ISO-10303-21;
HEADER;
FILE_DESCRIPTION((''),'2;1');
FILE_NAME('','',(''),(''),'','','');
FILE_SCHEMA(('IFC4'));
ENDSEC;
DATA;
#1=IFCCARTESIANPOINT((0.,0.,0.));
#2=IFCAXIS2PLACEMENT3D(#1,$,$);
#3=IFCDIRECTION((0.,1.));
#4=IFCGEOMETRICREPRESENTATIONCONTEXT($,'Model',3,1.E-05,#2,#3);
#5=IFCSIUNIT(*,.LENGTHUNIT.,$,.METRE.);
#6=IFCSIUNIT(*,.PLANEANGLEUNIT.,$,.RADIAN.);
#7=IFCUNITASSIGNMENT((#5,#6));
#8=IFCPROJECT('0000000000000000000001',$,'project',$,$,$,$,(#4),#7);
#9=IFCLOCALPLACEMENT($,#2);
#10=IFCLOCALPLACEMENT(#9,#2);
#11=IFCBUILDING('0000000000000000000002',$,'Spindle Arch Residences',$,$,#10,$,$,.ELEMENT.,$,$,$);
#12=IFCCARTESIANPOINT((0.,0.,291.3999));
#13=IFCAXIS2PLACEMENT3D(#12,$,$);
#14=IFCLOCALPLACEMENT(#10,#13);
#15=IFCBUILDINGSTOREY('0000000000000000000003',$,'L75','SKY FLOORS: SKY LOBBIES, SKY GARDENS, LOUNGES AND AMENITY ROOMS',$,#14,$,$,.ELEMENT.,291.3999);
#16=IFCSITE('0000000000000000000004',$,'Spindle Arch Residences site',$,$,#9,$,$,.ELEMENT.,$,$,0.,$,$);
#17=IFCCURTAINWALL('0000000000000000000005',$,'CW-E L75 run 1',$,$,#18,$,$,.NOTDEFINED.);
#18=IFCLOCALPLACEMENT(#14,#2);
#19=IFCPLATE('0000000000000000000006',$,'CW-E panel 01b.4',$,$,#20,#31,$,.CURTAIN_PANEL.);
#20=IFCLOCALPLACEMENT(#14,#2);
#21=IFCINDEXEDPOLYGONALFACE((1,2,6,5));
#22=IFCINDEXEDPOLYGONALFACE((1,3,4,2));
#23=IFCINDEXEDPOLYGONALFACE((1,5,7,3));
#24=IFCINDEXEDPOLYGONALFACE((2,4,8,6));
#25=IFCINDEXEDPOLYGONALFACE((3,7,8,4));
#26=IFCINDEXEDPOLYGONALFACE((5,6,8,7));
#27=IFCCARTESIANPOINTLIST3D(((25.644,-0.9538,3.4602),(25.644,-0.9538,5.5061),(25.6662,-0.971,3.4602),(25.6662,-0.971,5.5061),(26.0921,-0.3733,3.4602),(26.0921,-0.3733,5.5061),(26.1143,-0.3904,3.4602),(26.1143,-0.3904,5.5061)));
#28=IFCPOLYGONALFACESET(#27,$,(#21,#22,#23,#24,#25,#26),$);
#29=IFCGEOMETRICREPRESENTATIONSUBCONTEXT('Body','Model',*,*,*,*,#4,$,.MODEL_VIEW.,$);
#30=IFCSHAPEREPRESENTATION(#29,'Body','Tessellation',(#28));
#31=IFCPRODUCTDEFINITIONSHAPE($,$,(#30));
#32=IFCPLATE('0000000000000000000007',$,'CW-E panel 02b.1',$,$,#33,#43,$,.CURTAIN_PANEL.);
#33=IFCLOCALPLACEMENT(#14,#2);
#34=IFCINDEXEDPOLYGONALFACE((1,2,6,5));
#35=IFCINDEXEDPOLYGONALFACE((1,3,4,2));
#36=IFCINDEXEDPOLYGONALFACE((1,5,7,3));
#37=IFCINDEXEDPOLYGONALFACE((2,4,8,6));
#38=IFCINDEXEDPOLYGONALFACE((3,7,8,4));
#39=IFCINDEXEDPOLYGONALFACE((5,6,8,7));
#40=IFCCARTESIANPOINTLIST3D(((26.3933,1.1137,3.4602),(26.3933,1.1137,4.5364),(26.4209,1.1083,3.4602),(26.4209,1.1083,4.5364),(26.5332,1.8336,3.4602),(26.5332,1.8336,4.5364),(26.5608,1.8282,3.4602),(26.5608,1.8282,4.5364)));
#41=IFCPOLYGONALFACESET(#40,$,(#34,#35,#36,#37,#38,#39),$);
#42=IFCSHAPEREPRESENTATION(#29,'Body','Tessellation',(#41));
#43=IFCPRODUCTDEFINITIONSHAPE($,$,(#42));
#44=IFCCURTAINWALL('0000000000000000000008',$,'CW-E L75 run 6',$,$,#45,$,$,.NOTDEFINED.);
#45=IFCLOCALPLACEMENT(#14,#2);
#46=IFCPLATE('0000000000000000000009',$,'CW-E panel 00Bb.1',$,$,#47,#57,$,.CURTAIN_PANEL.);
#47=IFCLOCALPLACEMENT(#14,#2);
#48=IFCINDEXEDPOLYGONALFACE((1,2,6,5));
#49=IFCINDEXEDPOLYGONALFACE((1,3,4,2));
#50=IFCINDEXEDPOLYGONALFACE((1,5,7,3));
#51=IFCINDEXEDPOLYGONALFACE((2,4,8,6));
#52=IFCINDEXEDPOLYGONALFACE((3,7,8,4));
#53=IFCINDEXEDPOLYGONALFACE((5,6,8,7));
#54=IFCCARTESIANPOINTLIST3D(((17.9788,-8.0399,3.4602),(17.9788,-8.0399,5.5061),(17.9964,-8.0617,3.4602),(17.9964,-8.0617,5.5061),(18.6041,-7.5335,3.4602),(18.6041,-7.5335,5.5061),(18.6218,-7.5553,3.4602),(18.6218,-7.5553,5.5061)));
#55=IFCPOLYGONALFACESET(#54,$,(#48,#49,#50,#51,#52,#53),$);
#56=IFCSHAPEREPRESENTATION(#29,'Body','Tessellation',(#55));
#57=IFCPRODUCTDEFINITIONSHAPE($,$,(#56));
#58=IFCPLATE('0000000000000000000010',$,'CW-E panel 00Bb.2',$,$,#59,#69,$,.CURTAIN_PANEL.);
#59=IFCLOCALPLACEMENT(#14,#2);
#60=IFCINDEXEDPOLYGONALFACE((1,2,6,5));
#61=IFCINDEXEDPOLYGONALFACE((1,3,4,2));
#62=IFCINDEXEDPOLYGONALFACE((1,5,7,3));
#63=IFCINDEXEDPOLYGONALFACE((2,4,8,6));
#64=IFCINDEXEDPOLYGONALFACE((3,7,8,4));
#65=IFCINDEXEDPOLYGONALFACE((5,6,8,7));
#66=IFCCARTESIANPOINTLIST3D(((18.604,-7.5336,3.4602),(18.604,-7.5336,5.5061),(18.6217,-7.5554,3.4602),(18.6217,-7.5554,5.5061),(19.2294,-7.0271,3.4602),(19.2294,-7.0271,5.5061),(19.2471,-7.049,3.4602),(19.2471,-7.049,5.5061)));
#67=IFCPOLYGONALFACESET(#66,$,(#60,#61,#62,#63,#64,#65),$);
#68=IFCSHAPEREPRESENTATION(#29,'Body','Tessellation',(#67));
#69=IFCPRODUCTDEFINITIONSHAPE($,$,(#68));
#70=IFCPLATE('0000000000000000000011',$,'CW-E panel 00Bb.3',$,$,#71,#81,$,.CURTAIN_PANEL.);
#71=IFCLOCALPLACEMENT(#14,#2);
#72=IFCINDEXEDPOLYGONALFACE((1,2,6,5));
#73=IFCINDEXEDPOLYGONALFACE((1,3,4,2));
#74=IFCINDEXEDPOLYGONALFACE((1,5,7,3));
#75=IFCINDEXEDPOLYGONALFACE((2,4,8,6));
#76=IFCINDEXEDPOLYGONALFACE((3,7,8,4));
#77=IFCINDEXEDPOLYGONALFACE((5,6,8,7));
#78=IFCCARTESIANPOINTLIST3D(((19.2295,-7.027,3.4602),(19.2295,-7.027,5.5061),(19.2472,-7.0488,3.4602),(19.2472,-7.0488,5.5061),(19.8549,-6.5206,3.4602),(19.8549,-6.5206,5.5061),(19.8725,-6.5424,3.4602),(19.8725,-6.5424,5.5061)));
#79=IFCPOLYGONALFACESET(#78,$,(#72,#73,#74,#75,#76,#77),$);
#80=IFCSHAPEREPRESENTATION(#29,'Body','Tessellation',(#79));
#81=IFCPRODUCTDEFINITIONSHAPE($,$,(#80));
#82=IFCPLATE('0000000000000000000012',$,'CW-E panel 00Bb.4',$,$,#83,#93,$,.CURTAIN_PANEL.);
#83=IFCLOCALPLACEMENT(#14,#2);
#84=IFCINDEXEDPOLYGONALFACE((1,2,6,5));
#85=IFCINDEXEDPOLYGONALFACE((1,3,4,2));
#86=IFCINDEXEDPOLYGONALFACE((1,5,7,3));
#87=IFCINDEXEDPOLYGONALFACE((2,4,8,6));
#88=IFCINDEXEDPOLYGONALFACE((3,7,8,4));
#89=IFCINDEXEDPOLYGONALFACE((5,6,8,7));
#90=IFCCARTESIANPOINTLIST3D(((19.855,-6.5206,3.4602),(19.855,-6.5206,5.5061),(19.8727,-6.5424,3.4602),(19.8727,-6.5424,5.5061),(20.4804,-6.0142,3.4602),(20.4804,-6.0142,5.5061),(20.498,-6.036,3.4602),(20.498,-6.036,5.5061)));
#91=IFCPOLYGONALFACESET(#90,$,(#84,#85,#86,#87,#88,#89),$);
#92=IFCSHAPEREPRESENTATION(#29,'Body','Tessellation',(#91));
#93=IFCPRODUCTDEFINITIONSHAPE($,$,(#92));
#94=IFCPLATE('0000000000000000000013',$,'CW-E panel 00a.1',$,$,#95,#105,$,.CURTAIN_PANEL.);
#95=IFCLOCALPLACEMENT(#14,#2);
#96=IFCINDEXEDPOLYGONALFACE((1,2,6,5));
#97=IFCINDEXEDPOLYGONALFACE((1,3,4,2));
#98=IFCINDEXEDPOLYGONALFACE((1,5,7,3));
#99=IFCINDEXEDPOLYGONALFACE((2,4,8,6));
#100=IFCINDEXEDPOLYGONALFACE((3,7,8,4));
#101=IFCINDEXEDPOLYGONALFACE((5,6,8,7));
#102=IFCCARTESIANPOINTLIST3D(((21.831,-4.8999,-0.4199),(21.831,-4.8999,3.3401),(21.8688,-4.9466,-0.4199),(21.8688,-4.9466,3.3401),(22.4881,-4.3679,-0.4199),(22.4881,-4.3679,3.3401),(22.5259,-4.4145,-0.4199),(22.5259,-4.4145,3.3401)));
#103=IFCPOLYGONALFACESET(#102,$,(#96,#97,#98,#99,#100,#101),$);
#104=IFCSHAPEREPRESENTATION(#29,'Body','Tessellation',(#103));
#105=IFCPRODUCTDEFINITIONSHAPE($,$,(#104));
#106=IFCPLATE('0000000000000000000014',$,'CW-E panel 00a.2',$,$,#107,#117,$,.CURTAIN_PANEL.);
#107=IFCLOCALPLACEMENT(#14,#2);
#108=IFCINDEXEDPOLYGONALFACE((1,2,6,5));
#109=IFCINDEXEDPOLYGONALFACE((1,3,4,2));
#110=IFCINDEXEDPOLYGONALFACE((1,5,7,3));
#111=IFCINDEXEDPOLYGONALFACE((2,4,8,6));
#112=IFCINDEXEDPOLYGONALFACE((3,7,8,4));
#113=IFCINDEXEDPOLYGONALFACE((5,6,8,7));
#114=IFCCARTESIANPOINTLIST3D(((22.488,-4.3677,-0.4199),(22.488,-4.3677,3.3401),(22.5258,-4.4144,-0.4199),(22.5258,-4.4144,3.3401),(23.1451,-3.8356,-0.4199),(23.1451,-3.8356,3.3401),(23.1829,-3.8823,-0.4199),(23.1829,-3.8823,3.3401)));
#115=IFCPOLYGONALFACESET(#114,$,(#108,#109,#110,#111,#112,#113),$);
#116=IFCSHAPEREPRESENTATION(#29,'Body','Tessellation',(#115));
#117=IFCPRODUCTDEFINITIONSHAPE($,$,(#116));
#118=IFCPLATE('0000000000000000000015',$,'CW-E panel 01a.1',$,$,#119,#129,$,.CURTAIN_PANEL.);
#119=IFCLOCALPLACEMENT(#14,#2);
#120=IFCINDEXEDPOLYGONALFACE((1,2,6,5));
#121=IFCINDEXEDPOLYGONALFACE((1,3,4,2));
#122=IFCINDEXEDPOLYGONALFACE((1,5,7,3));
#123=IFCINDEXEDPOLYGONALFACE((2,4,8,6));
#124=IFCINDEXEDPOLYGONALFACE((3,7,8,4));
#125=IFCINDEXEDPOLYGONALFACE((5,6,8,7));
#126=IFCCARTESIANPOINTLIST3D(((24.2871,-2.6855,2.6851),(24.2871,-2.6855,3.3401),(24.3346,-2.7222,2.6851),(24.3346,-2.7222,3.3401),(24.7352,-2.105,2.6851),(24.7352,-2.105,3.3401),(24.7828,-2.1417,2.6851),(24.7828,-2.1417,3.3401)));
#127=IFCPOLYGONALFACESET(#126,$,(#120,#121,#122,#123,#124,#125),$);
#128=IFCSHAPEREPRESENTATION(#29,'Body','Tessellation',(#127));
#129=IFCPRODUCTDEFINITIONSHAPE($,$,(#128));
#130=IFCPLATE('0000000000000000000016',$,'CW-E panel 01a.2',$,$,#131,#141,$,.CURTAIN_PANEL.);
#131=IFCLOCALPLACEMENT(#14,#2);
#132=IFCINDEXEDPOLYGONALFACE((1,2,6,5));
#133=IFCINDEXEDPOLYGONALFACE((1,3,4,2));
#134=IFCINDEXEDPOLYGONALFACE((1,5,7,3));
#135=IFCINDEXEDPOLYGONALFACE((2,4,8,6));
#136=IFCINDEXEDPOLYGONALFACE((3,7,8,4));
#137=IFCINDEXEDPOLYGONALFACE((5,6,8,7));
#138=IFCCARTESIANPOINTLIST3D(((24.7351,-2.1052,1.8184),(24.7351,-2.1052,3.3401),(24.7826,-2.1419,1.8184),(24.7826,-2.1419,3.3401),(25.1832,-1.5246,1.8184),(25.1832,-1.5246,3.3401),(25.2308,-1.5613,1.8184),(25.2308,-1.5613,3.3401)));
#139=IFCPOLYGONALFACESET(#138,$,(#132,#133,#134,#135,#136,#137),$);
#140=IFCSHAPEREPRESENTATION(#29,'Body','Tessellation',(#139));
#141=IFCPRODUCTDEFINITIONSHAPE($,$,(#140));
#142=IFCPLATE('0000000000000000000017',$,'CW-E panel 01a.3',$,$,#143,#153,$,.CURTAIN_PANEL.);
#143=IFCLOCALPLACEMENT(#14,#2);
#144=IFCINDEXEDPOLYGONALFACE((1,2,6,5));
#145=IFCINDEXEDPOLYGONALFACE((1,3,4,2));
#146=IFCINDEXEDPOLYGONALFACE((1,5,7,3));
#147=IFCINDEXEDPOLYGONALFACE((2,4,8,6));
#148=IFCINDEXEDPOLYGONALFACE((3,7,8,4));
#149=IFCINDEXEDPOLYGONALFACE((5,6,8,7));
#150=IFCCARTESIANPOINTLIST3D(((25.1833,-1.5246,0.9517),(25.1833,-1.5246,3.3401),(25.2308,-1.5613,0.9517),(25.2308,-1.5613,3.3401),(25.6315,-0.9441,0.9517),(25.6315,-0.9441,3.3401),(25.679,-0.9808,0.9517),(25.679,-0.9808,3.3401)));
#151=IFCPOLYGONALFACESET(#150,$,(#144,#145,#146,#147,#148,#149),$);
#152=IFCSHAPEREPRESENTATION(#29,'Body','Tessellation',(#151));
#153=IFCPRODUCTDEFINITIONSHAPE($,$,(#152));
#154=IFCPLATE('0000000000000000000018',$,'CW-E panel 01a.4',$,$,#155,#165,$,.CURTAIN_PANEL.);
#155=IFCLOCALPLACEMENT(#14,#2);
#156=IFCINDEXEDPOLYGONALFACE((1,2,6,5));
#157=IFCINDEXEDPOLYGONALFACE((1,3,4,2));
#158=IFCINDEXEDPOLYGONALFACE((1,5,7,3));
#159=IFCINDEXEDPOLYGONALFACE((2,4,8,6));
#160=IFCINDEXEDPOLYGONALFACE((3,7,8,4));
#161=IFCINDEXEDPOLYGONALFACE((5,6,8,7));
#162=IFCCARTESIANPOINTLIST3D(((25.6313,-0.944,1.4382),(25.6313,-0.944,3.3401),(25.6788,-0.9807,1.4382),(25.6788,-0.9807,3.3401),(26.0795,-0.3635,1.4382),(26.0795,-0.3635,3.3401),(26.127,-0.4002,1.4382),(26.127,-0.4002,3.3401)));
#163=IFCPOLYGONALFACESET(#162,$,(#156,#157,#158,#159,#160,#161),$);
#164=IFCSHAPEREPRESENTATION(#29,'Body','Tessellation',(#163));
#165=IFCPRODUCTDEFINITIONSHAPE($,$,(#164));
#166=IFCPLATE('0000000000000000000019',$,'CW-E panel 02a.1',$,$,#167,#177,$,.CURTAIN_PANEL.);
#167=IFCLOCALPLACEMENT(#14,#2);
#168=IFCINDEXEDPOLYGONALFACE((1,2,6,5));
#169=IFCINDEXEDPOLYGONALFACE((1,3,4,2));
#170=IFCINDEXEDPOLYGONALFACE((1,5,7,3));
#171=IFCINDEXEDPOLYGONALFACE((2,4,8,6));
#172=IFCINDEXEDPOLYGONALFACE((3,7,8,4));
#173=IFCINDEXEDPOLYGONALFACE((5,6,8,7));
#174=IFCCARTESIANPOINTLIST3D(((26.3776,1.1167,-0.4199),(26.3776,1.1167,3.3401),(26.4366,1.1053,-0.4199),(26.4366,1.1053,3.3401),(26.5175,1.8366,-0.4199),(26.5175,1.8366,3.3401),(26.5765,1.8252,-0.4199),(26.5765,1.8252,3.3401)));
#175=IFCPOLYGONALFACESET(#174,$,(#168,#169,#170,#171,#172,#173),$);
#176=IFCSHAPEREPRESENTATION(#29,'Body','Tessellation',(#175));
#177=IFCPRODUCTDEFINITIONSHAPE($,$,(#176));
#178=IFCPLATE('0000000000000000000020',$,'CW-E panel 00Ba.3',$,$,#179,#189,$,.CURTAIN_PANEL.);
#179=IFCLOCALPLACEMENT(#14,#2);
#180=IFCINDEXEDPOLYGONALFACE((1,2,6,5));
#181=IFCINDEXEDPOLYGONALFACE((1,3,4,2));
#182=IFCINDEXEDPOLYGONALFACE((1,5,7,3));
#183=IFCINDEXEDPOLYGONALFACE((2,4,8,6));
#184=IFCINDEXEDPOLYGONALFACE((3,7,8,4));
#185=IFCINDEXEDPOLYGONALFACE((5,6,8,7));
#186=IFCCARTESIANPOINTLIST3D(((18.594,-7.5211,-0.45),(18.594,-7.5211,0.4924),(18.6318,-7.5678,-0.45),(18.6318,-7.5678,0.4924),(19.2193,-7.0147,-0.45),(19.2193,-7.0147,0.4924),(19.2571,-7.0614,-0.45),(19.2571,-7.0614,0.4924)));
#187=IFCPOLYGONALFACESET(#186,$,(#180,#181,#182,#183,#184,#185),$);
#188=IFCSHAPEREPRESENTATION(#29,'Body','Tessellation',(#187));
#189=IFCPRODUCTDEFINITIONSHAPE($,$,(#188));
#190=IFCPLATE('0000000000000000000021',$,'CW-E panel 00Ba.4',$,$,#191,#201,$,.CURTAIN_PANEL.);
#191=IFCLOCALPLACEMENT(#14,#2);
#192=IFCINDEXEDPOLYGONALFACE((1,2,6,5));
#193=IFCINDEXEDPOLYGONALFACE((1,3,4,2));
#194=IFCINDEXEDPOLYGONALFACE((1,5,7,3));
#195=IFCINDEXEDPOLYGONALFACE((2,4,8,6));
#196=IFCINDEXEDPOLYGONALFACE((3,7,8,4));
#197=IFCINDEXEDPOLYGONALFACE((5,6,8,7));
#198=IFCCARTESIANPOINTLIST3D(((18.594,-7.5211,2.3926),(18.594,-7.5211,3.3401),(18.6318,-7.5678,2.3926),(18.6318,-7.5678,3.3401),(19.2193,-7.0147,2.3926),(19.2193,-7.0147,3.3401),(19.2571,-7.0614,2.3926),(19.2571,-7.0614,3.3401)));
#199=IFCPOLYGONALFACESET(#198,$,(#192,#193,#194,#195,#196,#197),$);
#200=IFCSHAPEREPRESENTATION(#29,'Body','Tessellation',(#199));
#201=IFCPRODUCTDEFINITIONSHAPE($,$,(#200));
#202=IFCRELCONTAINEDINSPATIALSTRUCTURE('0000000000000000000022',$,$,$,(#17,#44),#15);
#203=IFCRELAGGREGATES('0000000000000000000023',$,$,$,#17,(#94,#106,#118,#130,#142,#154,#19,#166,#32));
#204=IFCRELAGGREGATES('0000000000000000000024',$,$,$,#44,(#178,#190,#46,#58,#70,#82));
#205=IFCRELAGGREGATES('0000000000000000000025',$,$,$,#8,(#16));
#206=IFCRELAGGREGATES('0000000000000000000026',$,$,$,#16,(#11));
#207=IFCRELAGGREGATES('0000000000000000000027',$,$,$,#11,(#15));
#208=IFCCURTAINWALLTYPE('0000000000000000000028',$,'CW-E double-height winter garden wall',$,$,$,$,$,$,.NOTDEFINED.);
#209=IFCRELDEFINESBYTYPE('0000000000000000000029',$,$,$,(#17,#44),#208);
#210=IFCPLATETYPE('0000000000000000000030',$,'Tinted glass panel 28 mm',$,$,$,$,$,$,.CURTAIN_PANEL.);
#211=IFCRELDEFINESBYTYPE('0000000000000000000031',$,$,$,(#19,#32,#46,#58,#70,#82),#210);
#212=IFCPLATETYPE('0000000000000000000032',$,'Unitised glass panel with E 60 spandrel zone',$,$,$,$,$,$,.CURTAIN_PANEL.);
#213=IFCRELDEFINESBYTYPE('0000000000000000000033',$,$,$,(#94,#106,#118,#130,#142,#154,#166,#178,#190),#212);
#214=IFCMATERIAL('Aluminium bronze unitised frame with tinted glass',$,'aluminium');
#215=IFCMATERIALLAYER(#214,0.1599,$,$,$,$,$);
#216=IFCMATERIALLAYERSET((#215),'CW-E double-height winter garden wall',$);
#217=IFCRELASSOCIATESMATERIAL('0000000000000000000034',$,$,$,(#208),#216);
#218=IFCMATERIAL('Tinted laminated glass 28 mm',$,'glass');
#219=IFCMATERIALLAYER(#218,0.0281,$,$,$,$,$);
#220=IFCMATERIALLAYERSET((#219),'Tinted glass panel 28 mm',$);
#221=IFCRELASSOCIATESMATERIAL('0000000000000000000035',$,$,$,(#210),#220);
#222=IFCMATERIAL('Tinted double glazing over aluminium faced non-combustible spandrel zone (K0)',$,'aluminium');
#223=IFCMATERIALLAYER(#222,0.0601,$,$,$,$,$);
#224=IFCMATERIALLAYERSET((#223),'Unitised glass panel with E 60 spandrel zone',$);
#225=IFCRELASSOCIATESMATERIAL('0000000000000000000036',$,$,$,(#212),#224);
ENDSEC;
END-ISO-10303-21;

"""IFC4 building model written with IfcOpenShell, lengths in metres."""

from ifc_helpers import new_model, si_unit, direction, frame, origin, origin_2d, place, context, subcontext, project, spatial, rectangle, extrude, material, layer, layer_set, type_object, element, aggregate, save


model = new_model("IFC4")

# Units and contexts
model_context = context("Model", 3, precision=1e-05, world=origin(), true_north=direction((0.0, 1.0)))
body_context = subcontext(model_context, "Body", "Model", "MODEL_VIEW")
ifc_project = project(units=[si_unit("LENGTHUNIT", "METRE"), si_unit("PLANEANGLEUNIT", "RADIAN")], contexts=[model_context])

# Site, building, storey
site_placement = place(None, origin())
site = spatial("IfcSite", under=ifc_project, at=site_placement, Name="Spindle Arch Residences site", CompositionType="ELEMENT", RefElevation=0.0)
building_placement = place(site_placement, origin())
building = spatial("IfcBuilding", under=site, at=building_placement, Name="Spindle Arch Residences", CompositionType="ELEMENT")
storey_placement = place(building_placement, frame((0.0, 0.0, 291.3999)))
storey = spatial("IfcBuildingStorey", under=building, at=storey_placement, Name="L75", Description="SKY FLOORS: SKY LOBBIES, SKY GARDENS, LOUNGES AND AMENITY ROOMS", CompositionType="ELEMENT", Elevation=291.3999)

# Curtain wall, plates
ifc_material_1 = material(Name="Aluminium bronze unitised frame with tinted glass", Category="aluminium")
ifc_layer_1 = layer(ifc_material_1, 0.1599)
ifc_layer_set_1 = layer_set([ifc_layer_1], Name="CW-E double-height winter garden wall")
curtain_wall_type = type_object("IfcCurtainWallType", Name="CW-E double-height winter garden wall", PredefinedType="NOTDEFINED", material=ifc_layer_set_1)
curtain_wall_1_placement = place(storey_placement, origin())
curtain_wall_1 = element("IfcCurtainWall", 1, at=curtain_wall_1_placement, inside=storey, type_object=curtain_wall_type, Name="CW-E L75 run 1", PredefinedType="NOTDEFINED")
ifc_material_2 = material(Name="Tinted laminated glass 28 mm", Category="glass")
ifc_layer_2 = layer(ifc_material_2, 0.0281)
ifc_layer_set_2 = layer_set([ifc_layer_2], Name="Tinted glass panel 28 mm")
plate_type_1 = type_object("IfcPlateType", Name="Tinted glass panel 28 mm", PredefinedType="CURTAIN_PANEL", material=ifc_layer_set_2)
plate_1_placement = place(storey_placement, frame((25.8792, -0.6721, 3.4602), z_axis=(0.0, 0.0, 1.0), x_axis=(0.611067, 0.791579, 0.0)))
plate_1 = element("IfcPlate", 2, at=plate_1_placement, type_object=plate_type_1, Name="CW-E panel 01b.4", PredefinedType="CURTAIN_PANEL", context=body_context, shape_type="SweptSolid", body=[
    extrude(rectangle(XDim=0.7334, YDim=0.0281, at=origin_2d()), origin(), (0.0, 0.0, 1.0), 2.0459),
])
plate_2_placement = place(storey_placement, frame((26.4771, 1.4709, 3.4602), z_axis=(0.0, 0.0, 1.0), x_axis=(0.190809, 0.981627, 0.0)))
plate_2 = element("IfcPlate", 3, at=plate_2_placement, type_object=plate_type_1, Name="CW-E panel 02b.1", PredefinedType="CURTAIN_PANEL", context=body_context, shape_type="SweptSolid", body=[
    extrude(rectangle(XDim=0.7334, YDim=0.0281, at=origin_2d()), origin(), (0.0, 0.0, 1.0), 1.0762),
])

# Curtain wall, plates
curtain_wall_2_placement = place(storey_placement, origin())
curtain_wall_2 = element("IfcCurtainWall", 4, at=curtain_wall_2_placement, inside=storey, type_object=curtain_wall_type, Name="CW-E L75 run 6", PredefinedType="NOTDEFINED")
plate_3_placement = place(storey_placement, frame((18.3003, -7.7976, 3.4602), z_axis=(0.0, 0.0, 1.0), x_axis=(0.777146, 0.62932, 0.0)))
plate_3 = element("IfcPlate", 5, at=plate_3_placement, type_object=plate_type_1, Name="CW-E panel 00Bb.1", PredefinedType="CURTAIN_PANEL", context=body_context, shape_type="SweptSolid", body=[
    extrude(rectangle(XDim=0.8047, YDim=0.0281, at=origin_2d()), origin(), (0.0, 0.0, 1.0), 2.0459),
])
plate_4_placement = place(storey_placement, frame((18.9255, -7.2913, 3.4602), z_axis=(0.0, 0.0, 1.0), x_axis=(0.777146, 0.62932, 0.0)))
plate_4 = element("IfcPlate", 6, at=plate_4_placement, type_object=plate_type_1, Name="CW-E panel 00Bb.2", PredefinedType="CURTAIN_PANEL", context=body_context, shape_type="SweptSolid", body=[
    extrude(rectangle(XDim=0.8047, YDim=0.0281, at=origin_2d()), origin(), (0.0, 0.0, 1.0), 2.0459),
])
plate_5_placement = place(storey_placement, frame((19.551, -6.7847, 3.4602), z_axis=(0.0, 0.0, 1.0), x_axis=(0.777146, 0.62932, 0.0)))
plate_5 = element("IfcPlate", 7, at=plate_5_placement, type_object=plate_type_1, Name="CW-E panel 00Bb.3", PredefinedType="CURTAIN_PANEL", context=body_context, shape_type="SweptSolid", body=[
    extrude(rectangle(XDim=0.8047, YDim=0.0281, at=origin_2d()), origin(), (0.0, 0.0, 1.0), 2.0459),
])
plate_6_placement = place(storey_placement, frame((20.1765, -6.2783, 3.4602), z_axis=(0.0, 0.0, 1.0), x_axis=(0.777146, 0.62932, 0.0)))
plate_6 = element("IfcPlate", 8, at=plate_6_placement, type_object=plate_type_1, Name="CW-E panel 00Bb.4", PredefinedType="CURTAIN_PANEL", context=body_context, shape_type="SweptSolid", body=[
    extrude(rectangle(XDim=0.8047, YDim=0.0281, at=origin_2d()), origin(), (0.0, 0.0, 1.0), 2.0459),
])

# Plates
ifc_material_3 = material(Name="Tinted double glazing over aluminium faced non-combustible spandrel zone (K0)", Category="aluminium")
ifc_layer_3 = layer(ifc_material_3, 0.0601)
ifc_layer_set_3 = layer_set([ifc_layer_3], Name="Unitised glass panel with E 60 spandrel zone")
plate_type_2 = type_object("IfcPlateType", Name="Unitised glass panel with E 60 spandrel zone", PredefinedType="CURTAIN_PANEL", material=ifc_layer_set_3)
plate_7_placement = place(storey_placement, frame((22.1785, -4.6572, -0.4199), z_axis=(0.0, 0.0, 1.0), x_axis=(0.777146, 0.62932, 0.0)))
plate_7 = element("IfcPlate", 9, at=plate_7_placement, type_object=plate_type_2, Name="CW-E panel 00a.1", PredefinedType="CURTAIN_PANEL", context=body_context, shape_type="SweptSolid", body=[
    extrude(rectangle(XDim=0.8455, YDim=0.0601, at=origin_2d()), origin(), (0.0, 0.0, 1.0), 3.76),
])
plate_8_placement = place(storey_placement, frame((22.8354, -4.125, -0.4199), z_axis=(0.0, 0.0, 1.0), x_axis=(0.777146, 0.62932, 0.0)))
plate_8 = element("IfcPlate", 10, at=plate_8_placement, type_object=plate_type_2, Name="CW-E panel 00a.2", PredefinedType="CURTAIN_PANEL", context=body_context, shape_type="SweptSolid", body=[
    extrude(rectangle(XDim=0.8455, YDim=0.0601, at=origin_2d()), origin(), (0.0, 0.0, 1.0), 3.76),
])
plate_9_placement = place(storey_placement, frame((24.5349, -2.4136, 2.6851), z_axis=(0.0, 0.0, 1.0), x_axis=(0.611067, 0.791579, 0.0)))
plate_9 = element("IfcPlate", 11, at=plate_9_placement, type_object=plate_type_2, Name="CW-E panel 01a.1", PredefinedType="CURTAIN_PANEL", context=body_context, shape_type="SweptSolid", body=[
    extrude(rectangle(XDim=0.7334, YDim=0.0601, at=origin_2d()), origin(), (0.0, 0.0, 1.0), 0.655),
])
plate_10_placement = place(storey_placement, frame((24.9829, -1.8333, 1.8184), z_axis=(0.0, 0.0, 1.0), x_axis=(0.611067, 0.791579, 0.0)))
plate_10 = element("IfcPlate", 12, at=plate_10_placement, type_object=plate_type_2, Name="CW-E panel 01a.2", PredefinedType="CURTAIN_PANEL", context=body_context, shape_type="SweptSolid", body=[
    extrude(rectangle(XDim=0.7334, YDim=0.0601, at=origin_2d()), origin(), (0.0, 0.0, 1.0), 1.5217),
])
plate_11_placement = place(storey_placement, frame((25.4312, -1.2527, 0.9517), z_axis=(0.0, 0.0, 1.0), x_axis=(0.611067, 0.791579, 0.0)))
plate_11 = element("IfcPlate", 13, at=plate_11_placement, type_object=plate_type_2, Name="CW-E panel 01a.3", PredefinedType="CURTAIN_PANEL", context=body_context, shape_type="SweptSolid", body=[
    extrude(rectangle(XDim=0.7334, YDim=0.0601, at=origin_2d()), origin(), (0.0, 0.0, 1.0), 2.3884),
])
plate_12_placement = place(storey_placement, frame((25.8792, -0.6721, 1.4382), z_axis=(0.0, 0.0, 1.0), x_axis=(0.611067, 0.791579, 0.0)))
plate_12 = element("IfcPlate", 14, at=plate_12_placement, type_object=plate_type_2, Name="CW-E panel 01a.4", PredefinedType="CURTAIN_PANEL", context=body_context, shape_type="SweptSolid", body=[
    extrude(rectangle(XDim=0.7334, YDim=0.0601, at=origin_2d()), origin(), (0.0, 0.0, 1.0), 1.9019),
])
plate_13_placement = place(storey_placement, frame((26.4771, 1.4709, -0.4199), z_axis=(0.0, 0.0, 1.0), x_axis=(0.190809, 0.981627, 0.0)))
plate_13 = element("IfcPlate", 15, at=plate_13_placement, type_object=plate_type_2, Name="CW-E panel 02a.1", PredefinedType="CURTAIN_PANEL", context=body_context, shape_type="SweptSolid", body=[
    extrude(rectangle(XDim=0.7334, YDim=0.0601, at=origin_2d()), origin(), (0.0, 0.0, 1.0), 3.76),
])
aggregate(curtain_wall_1, [plate_7, plate_8, plate_9, plate_10, plate_11, plate_12, plate_1, plate_13, plate_2])
plate_14_placement = place(storey_placement, frame((18.9255, -7.2913, -0.45), z_axis=(0.0, 0.0, 1.0), x_axis=(0.777146, 0.62932, 0.0)))
plate_14 = element("IfcPlate", 16, at=plate_14_placement, type_object=plate_type_2, Name="CW-E panel 00Ba.3", PredefinedType="CURTAIN_PANEL", context=body_context, shape_type="SweptSolid", body=[
    extrude(rectangle(XDim=0.8047, YDim=0.0601, at=origin_2d()), origin(), (0.0, 0.0, 1.0), 0.9424),
])
plate_15_placement = place(storey_placement, frame((18.9255, -7.2913, 2.3926), z_axis=(0.0, 0.0, 1.0), x_axis=(0.777146, 0.62932, 0.0)))
plate_15 = element("IfcPlate", 17, at=plate_15_placement, type_object=plate_type_2, Name="CW-E panel 00Ba.4", PredefinedType="CURTAIN_PANEL", context=body_context, shape_type="SweptSolid", body=[
    extrude(rectangle(XDim=0.8047, YDim=0.0601, at=origin_2d()), origin(), (0.0, 0.0, 1.0), 0.9475),
])
aggregate(curtain_wall_2, [plate_14, plate_15, plate_3, plate_4, plate_5, plate_6])

save(model, "model.ifc")
